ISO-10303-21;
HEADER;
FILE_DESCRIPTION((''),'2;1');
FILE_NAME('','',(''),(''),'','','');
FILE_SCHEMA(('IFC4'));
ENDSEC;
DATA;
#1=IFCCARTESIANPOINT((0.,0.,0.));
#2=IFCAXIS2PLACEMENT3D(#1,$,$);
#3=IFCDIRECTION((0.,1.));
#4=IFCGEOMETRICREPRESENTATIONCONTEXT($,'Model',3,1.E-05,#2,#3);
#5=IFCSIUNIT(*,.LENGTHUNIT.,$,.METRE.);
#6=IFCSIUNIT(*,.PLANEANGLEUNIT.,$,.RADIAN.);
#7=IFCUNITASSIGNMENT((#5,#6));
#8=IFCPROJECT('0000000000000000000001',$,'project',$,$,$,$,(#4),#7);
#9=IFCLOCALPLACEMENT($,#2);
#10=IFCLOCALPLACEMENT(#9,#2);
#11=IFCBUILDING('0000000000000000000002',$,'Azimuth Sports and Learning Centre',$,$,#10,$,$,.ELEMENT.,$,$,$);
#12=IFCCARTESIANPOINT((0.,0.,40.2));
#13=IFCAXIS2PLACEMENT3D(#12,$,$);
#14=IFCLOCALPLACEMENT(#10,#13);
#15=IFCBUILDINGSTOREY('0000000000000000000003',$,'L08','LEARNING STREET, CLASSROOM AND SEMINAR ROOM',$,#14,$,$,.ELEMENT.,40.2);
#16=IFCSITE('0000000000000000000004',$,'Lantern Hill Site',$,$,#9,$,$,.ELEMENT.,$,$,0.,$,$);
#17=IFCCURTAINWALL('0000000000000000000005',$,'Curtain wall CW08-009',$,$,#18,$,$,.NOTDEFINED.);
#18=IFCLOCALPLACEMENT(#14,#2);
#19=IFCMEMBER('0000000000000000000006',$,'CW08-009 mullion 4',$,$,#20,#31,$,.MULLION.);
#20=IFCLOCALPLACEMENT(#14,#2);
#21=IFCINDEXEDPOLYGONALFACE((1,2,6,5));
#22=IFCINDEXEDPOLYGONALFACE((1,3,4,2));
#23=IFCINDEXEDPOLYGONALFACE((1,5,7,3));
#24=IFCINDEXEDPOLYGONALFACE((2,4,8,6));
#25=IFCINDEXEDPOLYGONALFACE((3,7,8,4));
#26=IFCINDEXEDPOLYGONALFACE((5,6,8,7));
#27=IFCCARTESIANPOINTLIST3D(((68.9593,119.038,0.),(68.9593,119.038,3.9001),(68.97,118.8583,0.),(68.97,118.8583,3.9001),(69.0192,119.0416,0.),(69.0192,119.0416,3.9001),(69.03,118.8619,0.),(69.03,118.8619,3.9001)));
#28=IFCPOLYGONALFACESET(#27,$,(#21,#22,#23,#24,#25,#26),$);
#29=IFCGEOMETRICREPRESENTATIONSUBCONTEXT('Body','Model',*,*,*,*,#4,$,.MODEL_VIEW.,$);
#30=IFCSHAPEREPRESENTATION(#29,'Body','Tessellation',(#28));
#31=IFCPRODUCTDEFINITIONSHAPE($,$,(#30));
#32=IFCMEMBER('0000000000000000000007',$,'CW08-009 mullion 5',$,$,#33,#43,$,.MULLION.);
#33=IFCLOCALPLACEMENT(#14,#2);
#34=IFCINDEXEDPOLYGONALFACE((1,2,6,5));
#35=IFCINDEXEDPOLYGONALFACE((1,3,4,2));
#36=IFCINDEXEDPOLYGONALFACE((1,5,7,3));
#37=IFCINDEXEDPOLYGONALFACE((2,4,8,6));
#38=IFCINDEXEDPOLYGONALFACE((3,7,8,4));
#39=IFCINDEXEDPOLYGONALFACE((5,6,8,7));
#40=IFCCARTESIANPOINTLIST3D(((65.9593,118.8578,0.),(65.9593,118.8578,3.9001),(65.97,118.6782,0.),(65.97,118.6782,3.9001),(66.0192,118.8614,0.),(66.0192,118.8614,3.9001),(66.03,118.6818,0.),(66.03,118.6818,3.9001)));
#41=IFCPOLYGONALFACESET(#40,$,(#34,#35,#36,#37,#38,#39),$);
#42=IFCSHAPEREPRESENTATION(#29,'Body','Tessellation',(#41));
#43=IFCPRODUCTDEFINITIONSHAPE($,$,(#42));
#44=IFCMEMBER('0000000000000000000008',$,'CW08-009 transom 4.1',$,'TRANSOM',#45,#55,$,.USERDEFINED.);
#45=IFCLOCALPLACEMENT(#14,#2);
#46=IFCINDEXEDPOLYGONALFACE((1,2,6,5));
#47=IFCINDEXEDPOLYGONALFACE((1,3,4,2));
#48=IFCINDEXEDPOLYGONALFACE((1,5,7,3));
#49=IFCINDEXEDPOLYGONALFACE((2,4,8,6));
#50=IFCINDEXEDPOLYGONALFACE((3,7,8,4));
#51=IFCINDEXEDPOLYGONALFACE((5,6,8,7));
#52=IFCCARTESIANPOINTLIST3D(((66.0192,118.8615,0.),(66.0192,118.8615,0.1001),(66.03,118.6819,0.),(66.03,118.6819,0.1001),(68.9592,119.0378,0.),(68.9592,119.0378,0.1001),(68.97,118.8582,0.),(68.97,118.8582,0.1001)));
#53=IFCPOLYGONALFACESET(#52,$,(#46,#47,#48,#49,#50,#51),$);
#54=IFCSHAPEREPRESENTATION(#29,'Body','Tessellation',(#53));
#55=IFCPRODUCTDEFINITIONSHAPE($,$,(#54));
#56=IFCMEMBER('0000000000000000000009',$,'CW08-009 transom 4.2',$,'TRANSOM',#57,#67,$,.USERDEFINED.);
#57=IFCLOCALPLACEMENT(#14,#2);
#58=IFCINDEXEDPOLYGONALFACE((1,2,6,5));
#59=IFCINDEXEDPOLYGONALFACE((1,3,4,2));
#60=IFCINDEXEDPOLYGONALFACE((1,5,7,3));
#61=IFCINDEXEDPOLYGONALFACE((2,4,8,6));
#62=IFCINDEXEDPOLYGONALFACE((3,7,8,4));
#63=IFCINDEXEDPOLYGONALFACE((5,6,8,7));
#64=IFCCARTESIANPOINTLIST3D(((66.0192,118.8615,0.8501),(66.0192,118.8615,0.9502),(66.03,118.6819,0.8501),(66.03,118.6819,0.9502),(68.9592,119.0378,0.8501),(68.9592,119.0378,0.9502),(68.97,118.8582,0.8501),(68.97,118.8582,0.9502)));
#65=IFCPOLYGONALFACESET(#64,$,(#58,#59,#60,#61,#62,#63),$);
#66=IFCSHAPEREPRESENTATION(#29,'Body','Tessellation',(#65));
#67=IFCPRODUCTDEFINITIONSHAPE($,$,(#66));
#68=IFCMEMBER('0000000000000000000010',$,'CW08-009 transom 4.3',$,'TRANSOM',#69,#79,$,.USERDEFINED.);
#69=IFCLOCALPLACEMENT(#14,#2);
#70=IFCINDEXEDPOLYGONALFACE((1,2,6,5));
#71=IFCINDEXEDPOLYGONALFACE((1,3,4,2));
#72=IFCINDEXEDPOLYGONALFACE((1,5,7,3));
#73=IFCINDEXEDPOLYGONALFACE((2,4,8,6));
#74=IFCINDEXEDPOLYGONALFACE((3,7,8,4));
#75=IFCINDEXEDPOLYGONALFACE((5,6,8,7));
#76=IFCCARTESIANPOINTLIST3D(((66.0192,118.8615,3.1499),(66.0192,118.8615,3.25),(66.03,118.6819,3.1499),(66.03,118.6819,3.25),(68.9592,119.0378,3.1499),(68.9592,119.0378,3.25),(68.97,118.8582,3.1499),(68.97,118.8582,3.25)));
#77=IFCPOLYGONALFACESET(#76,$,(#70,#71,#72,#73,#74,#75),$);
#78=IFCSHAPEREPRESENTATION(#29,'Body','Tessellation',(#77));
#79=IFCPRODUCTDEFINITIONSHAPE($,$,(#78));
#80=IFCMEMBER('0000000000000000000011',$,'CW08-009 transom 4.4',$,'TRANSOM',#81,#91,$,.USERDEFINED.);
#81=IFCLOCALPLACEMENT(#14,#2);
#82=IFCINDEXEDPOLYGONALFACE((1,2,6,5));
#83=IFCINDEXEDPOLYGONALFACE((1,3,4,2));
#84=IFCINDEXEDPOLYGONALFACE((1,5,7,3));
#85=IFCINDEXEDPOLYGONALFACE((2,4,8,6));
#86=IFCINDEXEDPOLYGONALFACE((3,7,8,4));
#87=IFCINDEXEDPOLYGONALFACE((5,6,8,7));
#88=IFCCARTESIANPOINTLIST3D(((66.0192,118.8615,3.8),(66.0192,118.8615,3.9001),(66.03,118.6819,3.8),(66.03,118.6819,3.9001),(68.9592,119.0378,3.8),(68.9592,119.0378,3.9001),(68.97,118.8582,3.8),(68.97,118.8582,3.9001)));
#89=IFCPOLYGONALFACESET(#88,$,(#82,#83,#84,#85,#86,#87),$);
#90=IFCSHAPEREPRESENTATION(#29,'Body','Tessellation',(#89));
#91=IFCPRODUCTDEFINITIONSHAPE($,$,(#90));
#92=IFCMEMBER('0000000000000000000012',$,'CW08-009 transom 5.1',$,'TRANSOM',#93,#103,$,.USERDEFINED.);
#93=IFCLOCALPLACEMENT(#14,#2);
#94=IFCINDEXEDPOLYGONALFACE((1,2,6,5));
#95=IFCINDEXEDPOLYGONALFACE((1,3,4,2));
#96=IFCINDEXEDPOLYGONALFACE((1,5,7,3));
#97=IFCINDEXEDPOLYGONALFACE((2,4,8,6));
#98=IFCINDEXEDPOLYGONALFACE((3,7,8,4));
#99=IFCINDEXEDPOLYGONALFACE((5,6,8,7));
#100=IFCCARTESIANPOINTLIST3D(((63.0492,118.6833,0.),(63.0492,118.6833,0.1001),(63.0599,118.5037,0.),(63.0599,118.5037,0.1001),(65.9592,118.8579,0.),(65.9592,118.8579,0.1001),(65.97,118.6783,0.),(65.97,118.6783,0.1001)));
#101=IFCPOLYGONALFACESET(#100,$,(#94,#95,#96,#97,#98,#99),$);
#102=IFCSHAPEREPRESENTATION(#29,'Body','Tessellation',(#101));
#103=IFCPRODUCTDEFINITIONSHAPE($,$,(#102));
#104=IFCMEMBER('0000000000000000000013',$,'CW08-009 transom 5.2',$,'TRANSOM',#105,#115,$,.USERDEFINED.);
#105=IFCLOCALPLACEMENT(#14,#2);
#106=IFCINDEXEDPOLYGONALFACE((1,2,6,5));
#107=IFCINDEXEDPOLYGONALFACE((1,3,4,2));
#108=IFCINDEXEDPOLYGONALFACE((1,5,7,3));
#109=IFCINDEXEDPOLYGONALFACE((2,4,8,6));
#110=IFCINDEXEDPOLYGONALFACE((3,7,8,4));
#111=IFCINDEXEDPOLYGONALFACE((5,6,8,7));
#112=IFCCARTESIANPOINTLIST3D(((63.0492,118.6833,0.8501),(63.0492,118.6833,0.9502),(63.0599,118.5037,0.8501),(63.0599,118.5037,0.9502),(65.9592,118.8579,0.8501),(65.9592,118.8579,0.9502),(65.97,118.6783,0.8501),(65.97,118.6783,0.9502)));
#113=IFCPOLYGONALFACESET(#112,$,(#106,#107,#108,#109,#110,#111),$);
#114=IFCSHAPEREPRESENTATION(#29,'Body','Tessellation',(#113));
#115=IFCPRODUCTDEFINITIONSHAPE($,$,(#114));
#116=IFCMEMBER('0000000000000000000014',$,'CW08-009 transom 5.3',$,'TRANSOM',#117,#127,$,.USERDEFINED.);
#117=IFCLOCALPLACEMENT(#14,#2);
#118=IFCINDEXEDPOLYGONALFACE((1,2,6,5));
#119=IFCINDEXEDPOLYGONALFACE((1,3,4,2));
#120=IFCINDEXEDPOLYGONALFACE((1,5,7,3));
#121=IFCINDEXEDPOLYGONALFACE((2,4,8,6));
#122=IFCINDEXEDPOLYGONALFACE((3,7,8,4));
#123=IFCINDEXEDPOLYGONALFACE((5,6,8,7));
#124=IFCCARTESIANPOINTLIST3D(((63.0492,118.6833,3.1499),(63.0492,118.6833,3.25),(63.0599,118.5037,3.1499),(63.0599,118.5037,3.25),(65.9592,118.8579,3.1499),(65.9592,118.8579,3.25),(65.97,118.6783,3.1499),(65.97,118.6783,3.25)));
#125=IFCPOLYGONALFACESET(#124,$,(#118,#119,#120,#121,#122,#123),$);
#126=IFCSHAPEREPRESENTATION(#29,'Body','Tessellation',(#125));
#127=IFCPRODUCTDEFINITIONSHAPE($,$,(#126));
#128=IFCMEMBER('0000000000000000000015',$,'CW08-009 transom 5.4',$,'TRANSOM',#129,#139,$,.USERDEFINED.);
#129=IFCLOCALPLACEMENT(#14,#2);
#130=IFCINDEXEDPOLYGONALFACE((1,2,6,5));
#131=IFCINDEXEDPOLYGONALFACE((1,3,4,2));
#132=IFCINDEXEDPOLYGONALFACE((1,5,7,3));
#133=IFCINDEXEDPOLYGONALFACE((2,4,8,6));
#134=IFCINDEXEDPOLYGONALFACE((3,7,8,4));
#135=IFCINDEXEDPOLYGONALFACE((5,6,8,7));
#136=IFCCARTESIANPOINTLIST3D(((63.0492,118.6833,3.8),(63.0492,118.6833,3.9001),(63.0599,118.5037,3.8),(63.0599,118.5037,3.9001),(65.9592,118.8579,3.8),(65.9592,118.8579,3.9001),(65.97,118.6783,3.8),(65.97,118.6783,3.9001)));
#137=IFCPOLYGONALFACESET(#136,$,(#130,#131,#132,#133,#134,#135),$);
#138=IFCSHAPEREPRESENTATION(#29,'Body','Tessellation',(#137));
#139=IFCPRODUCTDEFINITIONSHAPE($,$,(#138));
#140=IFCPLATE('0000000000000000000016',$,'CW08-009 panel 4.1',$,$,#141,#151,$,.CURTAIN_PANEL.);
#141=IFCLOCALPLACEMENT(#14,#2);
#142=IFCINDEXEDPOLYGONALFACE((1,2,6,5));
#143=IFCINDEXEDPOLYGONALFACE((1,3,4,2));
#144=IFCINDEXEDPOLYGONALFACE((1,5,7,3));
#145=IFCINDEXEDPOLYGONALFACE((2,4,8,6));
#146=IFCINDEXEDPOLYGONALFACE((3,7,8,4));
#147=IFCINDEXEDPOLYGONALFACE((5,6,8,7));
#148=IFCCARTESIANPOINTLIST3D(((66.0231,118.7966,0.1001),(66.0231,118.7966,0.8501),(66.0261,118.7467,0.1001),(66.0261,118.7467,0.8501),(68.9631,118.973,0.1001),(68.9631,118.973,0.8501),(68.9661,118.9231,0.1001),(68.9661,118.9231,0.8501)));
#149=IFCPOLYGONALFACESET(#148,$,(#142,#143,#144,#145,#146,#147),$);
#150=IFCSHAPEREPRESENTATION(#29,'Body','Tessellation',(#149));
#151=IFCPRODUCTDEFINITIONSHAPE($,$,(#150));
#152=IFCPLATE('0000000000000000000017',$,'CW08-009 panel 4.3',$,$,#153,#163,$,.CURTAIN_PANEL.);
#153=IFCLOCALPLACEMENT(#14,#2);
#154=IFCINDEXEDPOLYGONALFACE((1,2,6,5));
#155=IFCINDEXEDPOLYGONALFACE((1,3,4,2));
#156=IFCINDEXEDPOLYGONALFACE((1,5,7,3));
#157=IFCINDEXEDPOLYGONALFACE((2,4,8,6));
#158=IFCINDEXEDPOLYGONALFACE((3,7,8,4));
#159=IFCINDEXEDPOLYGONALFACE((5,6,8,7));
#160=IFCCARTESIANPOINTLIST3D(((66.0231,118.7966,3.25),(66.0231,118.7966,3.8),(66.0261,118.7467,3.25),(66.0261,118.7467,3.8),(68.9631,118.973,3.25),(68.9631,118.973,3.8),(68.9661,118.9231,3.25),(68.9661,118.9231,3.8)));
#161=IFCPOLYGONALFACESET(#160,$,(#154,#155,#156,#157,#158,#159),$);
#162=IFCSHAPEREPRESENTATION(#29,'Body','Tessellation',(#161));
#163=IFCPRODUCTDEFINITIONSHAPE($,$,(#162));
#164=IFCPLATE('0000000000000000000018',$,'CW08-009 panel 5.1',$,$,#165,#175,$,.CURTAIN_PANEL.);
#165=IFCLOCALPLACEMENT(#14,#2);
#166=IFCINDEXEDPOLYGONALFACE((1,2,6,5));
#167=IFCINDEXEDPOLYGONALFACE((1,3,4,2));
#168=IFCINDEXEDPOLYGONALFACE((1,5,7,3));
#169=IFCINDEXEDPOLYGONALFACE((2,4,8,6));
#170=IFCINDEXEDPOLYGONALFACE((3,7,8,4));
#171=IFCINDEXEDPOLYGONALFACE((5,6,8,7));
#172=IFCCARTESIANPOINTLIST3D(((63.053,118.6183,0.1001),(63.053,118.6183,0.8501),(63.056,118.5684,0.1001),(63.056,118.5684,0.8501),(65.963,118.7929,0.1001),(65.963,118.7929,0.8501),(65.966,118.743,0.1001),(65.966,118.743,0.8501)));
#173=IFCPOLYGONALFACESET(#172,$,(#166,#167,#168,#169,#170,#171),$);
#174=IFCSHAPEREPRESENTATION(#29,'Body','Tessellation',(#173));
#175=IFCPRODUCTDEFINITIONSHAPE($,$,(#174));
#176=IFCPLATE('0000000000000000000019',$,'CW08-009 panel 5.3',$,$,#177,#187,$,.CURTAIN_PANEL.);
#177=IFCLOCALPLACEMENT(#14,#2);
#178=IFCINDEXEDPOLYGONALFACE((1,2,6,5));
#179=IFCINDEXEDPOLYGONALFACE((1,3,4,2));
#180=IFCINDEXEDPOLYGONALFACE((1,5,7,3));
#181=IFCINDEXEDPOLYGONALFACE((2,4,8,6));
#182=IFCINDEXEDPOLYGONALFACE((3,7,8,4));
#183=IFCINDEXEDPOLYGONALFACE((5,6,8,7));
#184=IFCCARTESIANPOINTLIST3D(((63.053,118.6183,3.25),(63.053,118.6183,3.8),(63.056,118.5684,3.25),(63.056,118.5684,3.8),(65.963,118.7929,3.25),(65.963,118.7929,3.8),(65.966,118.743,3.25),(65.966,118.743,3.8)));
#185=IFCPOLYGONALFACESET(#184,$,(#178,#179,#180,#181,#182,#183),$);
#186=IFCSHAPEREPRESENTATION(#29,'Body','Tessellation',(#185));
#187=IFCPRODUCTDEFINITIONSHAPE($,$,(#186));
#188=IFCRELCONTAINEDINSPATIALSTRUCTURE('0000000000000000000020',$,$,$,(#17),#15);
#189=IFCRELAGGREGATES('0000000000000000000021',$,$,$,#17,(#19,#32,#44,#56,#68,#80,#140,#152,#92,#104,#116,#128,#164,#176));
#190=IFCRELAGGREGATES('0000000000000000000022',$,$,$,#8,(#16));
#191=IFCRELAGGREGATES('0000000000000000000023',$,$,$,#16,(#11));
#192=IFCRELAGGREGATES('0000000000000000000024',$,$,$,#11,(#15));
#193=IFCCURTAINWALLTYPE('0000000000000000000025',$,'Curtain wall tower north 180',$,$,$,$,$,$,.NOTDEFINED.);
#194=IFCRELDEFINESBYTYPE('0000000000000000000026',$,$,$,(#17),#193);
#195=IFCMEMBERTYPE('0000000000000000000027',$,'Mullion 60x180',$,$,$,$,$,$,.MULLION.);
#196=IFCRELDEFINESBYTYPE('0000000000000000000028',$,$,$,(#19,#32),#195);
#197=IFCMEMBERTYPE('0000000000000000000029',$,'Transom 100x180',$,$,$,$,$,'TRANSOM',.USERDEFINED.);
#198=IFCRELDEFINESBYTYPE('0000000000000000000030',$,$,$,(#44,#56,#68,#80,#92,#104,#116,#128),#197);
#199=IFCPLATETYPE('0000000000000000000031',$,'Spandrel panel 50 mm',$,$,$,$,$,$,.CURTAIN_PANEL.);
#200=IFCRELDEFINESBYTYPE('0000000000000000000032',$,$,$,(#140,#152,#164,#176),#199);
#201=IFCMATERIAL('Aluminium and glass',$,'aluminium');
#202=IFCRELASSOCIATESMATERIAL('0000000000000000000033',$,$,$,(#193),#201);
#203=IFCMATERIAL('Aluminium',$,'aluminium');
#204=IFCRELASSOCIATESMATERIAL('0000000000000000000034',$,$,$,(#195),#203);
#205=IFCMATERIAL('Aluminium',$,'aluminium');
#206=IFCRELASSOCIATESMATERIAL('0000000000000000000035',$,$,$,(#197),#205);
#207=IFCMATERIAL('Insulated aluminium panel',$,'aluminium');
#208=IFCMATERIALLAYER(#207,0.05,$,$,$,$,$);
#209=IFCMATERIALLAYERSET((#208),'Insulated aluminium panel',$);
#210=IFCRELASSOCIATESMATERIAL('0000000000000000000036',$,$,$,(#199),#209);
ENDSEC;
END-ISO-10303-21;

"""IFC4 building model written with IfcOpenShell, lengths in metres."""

from ifc_helpers import new_model, si_unit, direction, frame, origin, origin_2d, place, context, subcontext, project, spatial, rectangle, extrude, material, layer, layer_set, material_profile, profile_set, type_object, element, aggregate, save


model = new_model("IFC4")

# Units and contexts
model_context = context("Model", 3, precision=1e-05, world=origin(), true_north=direction((0.0, 1.0)))
body_context = subcontext(model_context, "Body", "Model", "MODEL_VIEW")
ifc_project = project(units=[si_unit("LENGTHUNIT", "METRE"), si_unit("PLANEANGLEUNIT", "RADIAN")], contexts=[model_context])

# Site, building, storey
site_placement = place(None, origin())
site = spatial("IfcSite", under=ifc_project, at=site_placement, Name="Lantern Hill Site", CompositionType="ELEMENT", RefElevation=0.0)
building_placement = place(site_placement, origin())
building = spatial("IfcBuilding", under=site, at=building_placement, Name="Azimuth Sports and Learning Centre", CompositionType="ELEMENT")
storey_placement = place(building_placement, frame((0.0, 0.0, 40.2)))
storey = spatial("IfcBuildingStorey", under=building, at=storey_placement, Name="L08", Description="LEARNING STREET, CLASSROOM AND SEMINAR ROOM", CompositionType="ELEMENT", Elevation=40.2)

# Curtain wall, members, plates
ifc_material_1 = material(Name="Aluminium and glass", Category="aluminium")
curtain_wall_type = type_object("IfcCurtainWallType", Name="Curtain wall tower north 180", PredefinedType="NOTDEFINED", material=ifc_material_1)
curtain_wall_placement = place(storey_placement, origin())
curtain_wall = element("IfcCurtainWall", 1, at=curtain_wall_placement, inside=storey, type_object=curtain_wall_type, Name="Curtain wall CW08-009", PredefinedType="NOTDEFINED")
ifc_material_2 = material(Name="Aluminium", Category="aluminium")
ifc_material_profile_1 = material_profile(ifc_material_2, rectangle(XDim=0.1799, YDim=0.0601, at=origin_2d()), Name="Mullion 60x180")
ifc_profile_set_1 = profile_set([ifc_material_profile_1], Name="Aluminium")
member_type_1 = type_object("IfcMemberType", Name="Mullion 60x180", PredefinedType="MULLION", material=ifc_profile_set_1)
member_1_placement = place(storey_placement, frame((68.9946, 118.95, 0.0), z_axis=(0.0, 0.0, 1.0), x_axis=(0.059892, -0.998205, 0.0)))
member_1 = element("IfcMember", 2, at=member_1_placement, type_object=member_type_1, Name="CW08-009 mullion 4", PredefinedType="MULLION", context=body_context, shape_type="SweptSolid", body=[
    extrude(rectangle(XDim=0.1799, YDim=0.0601, at=origin_2d()), origin(), (0.0, 0.0, 1.0), 3.9001),
])
member_2_placement = place(storey_placement, frame((65.9946, 118.7698, 0.0), z_axis=(0.0, 0.0, 1.0), x_axis=(0.059892, -0.998205, 0.0)))
member_2 = element("IfcMember", 3, at=member_2_placement, type_object=member_type_1, Name="CW08-009 mullion 5", PredefinedType="MULLION", context=body_context, shape_type="SweptSolid", body=[
    extrude(rectangle(XDim=0.1799, YDim=0.0601, at=origin_2d()), origin(), (0.0, 0.0, 1.0), 3.9001),
])
ifc_material_3 = material(Name="Aluminium", Category="aluminium")
ifc_material_profile_2 = material_profile(ifc_material_3, rectangle(XDim=0.1799, YDim=0.1001, at=origin_2d()), Name="Transom 100x180")
ifc_profile_set_2 = profile_set([ifc_material_profile_2], Name="Aluminium")
member_type_2 = type_object("IfcMemberType", Name="Transom 100x180", ElementType="TRANSOM", PredefinedType="USERDEFINED", material=ifc_profile_set_2)
member_3_placement = place(storey_placement, frame((68.9646, 118.948, 0.05), z_axis=(-0.998207, -0.059849, 0.0), x_axis=(0.059849, -0.998207, 0.0)))
member_3 = element("IfcMember", 4, at=member_3_placement, type_object=member_type_2, Name="CW08-009 transom 4.1", ObjectType="TRANSOM", PredefinedType="USERDEFINED", context=body_context, shape_type="SweptSolid", body=[
    extrude(rectangle(XDim=0.1799, YDim=0.1001, at=origin_2d()), origin(), (0.0, 0.0, 1.0), 2.9453),
])
member_4_placement = place(storey_placement, frame((68.9646, 118.948, 0.9001), z_axis=(-0.998207, -0.059849, 0.0), x_axis=(0.059849, -0.998207, 0.0)))
member_4 = element("IfcMember", 5, at=member_4_placement, type_object=member_type_2, Name="CW08-009 transom 4.2", ObjectType="TRANSOM", PredefinedType="USERDEFINED", context=body_context, shape_type="SweptSolid", body=[
    extrude(rectangle(XDim=0.1799, YDim=0.1001, at=origin_2d()), origin(), (0.0, 0.0, 1.0), 2.9453),
])
member_5_placement = place(storey_placement, frame((68.9646, 118.948, 3.2), z_axis=(-0.998207, -0.059849, 0.0), x_axis=(0.059849, -0.998207, 0.0)))
member_5 = element("IfcMember", 6, at=member_5_placement, type_object=member_type_2, Name="CW08-009 transom 4.3", ObjectType="TRANSOM", PredefinedType="USERDEFINED", context=body_context, shape_type="SweptSolid", body=[
    extrude(rectangle(XDim=0.1799, YDim=0.1001, at=origin_2d()), origin(), (0.0, 0.0, 1.0), 2.9453),
])
member_6_placement = place(storey_placement, frame((68.9646, 118.948, 3.8501), z_axis=(-0.998207, -0.059849, 0.0), x_axis=(0.059849, -0.998207, 0.0)))
member_6 = element("IfcMember", 7, at=member_6_placement, type_object=member_type_2, Name="CW08-009 transom 4.4", ObjectType="TRANSOM", PredefinedType="USERDEFINED", context=body_context, shape_type="SweptSolid", body=[
    extrude(rectangle(XDim=0.1799, YDim=0.1001, at=origin_2d()), origin(), (0.0, 0.0, 1.0), 2.9453),
])
member_7_placement = place(storey_placement, frame((65.9646, 118.7681, 0.05), z_axis=(-0.998206, -0.059876, 0.0), x_axis=(0.059876, -0.998206, 0.0)))
member_7 = element("IfcMember", 8, at=member_7_placement, type_object=member_type_2, Name="CW08-009 transom 5.1", ObjectType="TRANSOM", PredefinedType="USERDEFINED", context=body_context, shape_type="SweptSolid", body=[
    extrude(rectangle(XDim=0.1799, YDim=0.1001, at=origin_2d()), origin(), (0.0, 0.0, 1.0), 2.9153),
])
member_8_placement = place(storey_placement, frame((65.9646, 118.7681, 0.9001), z_axis=(-0.998206, -0.059876, 0.0), x_axis=(0.059876, -0.998206, 0.0)))
member_8 = element("IfcMember", 9, at=member_8_placement, type_object=member_type_2, Name="CW08-009 transom 5.2", ObjectType="TRANSOM", PredefinedType="USERDEFINED", context=body_context, shape_type="SweptSolid", body=[
    extrude(rectangle(XDim=0.1799, YDim=0.1001, at=origin_2d()), origin(), (0.0, 0.0, 1.0), 2.9153),
])
member_9_placement = place(storey_placement, frame((65.9646, 118.7681, 3.2), z_axis=(-0.998206, -0.059876, 0.0), x_axis=(0.059876, -0.998206, 0.0)))
member_9 = element("IfcMember", 10, at=member_9_placement, type_object=member_type_2, Name="CW08-009 transom 5.3", ObjectType="TRANSOM", PredefinedType="USERDEFINED", context=body_context, shape_type="SweptSolid", body=[
    extrude(rectangle(XDim=0.1799, YDim=0.1001, at=origin_2d()), origin(), (0.0, 0.0, 1.0), 2.9153),
])
member_10_placement = place(storey_placement, frame((65.9646, 118.7681, 3.8501), z_axis=(-0.998206, -0.059876, 0.0), x_axis=(0.059876, -0.998206, 0.0)))
member_10 = element("IfcMember", 11, at=member_10_placement, type_object=member_type_2, Name="CW08-009 transom 5.4", ObjectType="TRANSOM", PredefinedType="USERDEFINED", context=body_context, shape_type="SweptSolid", body=[
    extrude(rectangle(XDim=0.1799, YDim=0.1001, at=origin_2d()), origin(), (0.0, 0.0, 1.0), 2.9153),
])
ifc_material_4 = material(Name="Insulated aluminium panel", Category="aluminium")
ifc_layer_1 = layer(ifc_material_4, 0.05)
ifc_layer_set_1 = layer_set([ifc_layer_1], Name="Insulated aluminium panel")
plate_type_1 = type_object("IfcPlateType", Name="Spandrel panel 50 mm", PredefinedType="CURTAIN_PANEL", material=ifc_layer_set_1)
plate_1_placement = place(storey_placement, frame((67.4946, 118.8599, 0.1001), z_axis=(0.0, 0.0, 1.0), x_axis=(-0.998205, -0.059892, 0.0)))
plate_1 = element("IfcPlate", 12, at=plate_1_placement, type_object=plate_type_1, Name="CW08-009 panel 4.1", PredefinedType="CURTAIN_PANEL", context=body_context, shape_type="SweptSolid", body=[
    extrude(rectangle(XDim=2.9453, YDim=0.05, at=origin_2d()), origin(), (0.0, 0.0, 1.0), 0.75),
])
plate_2_placement = place(storey_placement, frame((67.4946, 118.8599, 3.25), z_axis=(0.0, 0.0, 1.0), x_axis=(-0.998205, -0.059892, 0.0)))
plate_2 = element("IfcPlate", 13, at=plate_2_placement, type_object=plate_type_1, Name="CW08-009 panel 4.3", PredefinedType="CURTAIN_PANEL", context=body_context, shape_type="SweptSolid", body=[
    extrude(rectangle(XDim=2.9453, YDim=0.05, at=origin_2d()), origin(), (0.0, 0.0, 1.0), 0.55),
])
plate_3_placement = place(storey_placement, frame((64.5095, 118.6807, 0.1001), z_axis=(0.0, 0.0, 1.0), x_axis=(-0.998205, -0.059892, 0.0)))
plate_3 = element("IfcPlate", 14, at=plate_3_placement, type_object=plate_type_1, Name="CW08-009 panel 5.1", PredefinedType="CURTAIN_PANEL", context=body_context, shape_type="SweptSolid", body=[
    extrude(rectangle(XDim=2.9153, YDim=0.05, at=origin_2d()), origin(), (0.0, 0.0, 1.0), 0.75),
])
plate_4_placement = place(storey_placement, frame((64.5095, 118.6807, 3.25), z_axis=(0.0, 0.0, 1.0), x_axis=(-0.998205, -0.059892, 0.0)))
plate_4 = element("IfcPlate", 15, at=plate_4_placement, type_object=plate_type_1, Name="CW08-009 panel 5.3", PredefinedType="CURTAIN_PANEL", context=body_context, shape_type="SweptSolid", body=[
    extrude(rectangle(XDim=2.9153, YDim=0.05, at=origin_2d()), origin(), (0.0, 0.0, 1.0), 0.55),
])
aggregate(curtain_wall, [member_1, member_2, member_3, member_4, member_5, member_6, plate_1, plate_2, member_7, member_8, member_9, member_10, plate_3, plate_4])

save(model, "model.ifc")
